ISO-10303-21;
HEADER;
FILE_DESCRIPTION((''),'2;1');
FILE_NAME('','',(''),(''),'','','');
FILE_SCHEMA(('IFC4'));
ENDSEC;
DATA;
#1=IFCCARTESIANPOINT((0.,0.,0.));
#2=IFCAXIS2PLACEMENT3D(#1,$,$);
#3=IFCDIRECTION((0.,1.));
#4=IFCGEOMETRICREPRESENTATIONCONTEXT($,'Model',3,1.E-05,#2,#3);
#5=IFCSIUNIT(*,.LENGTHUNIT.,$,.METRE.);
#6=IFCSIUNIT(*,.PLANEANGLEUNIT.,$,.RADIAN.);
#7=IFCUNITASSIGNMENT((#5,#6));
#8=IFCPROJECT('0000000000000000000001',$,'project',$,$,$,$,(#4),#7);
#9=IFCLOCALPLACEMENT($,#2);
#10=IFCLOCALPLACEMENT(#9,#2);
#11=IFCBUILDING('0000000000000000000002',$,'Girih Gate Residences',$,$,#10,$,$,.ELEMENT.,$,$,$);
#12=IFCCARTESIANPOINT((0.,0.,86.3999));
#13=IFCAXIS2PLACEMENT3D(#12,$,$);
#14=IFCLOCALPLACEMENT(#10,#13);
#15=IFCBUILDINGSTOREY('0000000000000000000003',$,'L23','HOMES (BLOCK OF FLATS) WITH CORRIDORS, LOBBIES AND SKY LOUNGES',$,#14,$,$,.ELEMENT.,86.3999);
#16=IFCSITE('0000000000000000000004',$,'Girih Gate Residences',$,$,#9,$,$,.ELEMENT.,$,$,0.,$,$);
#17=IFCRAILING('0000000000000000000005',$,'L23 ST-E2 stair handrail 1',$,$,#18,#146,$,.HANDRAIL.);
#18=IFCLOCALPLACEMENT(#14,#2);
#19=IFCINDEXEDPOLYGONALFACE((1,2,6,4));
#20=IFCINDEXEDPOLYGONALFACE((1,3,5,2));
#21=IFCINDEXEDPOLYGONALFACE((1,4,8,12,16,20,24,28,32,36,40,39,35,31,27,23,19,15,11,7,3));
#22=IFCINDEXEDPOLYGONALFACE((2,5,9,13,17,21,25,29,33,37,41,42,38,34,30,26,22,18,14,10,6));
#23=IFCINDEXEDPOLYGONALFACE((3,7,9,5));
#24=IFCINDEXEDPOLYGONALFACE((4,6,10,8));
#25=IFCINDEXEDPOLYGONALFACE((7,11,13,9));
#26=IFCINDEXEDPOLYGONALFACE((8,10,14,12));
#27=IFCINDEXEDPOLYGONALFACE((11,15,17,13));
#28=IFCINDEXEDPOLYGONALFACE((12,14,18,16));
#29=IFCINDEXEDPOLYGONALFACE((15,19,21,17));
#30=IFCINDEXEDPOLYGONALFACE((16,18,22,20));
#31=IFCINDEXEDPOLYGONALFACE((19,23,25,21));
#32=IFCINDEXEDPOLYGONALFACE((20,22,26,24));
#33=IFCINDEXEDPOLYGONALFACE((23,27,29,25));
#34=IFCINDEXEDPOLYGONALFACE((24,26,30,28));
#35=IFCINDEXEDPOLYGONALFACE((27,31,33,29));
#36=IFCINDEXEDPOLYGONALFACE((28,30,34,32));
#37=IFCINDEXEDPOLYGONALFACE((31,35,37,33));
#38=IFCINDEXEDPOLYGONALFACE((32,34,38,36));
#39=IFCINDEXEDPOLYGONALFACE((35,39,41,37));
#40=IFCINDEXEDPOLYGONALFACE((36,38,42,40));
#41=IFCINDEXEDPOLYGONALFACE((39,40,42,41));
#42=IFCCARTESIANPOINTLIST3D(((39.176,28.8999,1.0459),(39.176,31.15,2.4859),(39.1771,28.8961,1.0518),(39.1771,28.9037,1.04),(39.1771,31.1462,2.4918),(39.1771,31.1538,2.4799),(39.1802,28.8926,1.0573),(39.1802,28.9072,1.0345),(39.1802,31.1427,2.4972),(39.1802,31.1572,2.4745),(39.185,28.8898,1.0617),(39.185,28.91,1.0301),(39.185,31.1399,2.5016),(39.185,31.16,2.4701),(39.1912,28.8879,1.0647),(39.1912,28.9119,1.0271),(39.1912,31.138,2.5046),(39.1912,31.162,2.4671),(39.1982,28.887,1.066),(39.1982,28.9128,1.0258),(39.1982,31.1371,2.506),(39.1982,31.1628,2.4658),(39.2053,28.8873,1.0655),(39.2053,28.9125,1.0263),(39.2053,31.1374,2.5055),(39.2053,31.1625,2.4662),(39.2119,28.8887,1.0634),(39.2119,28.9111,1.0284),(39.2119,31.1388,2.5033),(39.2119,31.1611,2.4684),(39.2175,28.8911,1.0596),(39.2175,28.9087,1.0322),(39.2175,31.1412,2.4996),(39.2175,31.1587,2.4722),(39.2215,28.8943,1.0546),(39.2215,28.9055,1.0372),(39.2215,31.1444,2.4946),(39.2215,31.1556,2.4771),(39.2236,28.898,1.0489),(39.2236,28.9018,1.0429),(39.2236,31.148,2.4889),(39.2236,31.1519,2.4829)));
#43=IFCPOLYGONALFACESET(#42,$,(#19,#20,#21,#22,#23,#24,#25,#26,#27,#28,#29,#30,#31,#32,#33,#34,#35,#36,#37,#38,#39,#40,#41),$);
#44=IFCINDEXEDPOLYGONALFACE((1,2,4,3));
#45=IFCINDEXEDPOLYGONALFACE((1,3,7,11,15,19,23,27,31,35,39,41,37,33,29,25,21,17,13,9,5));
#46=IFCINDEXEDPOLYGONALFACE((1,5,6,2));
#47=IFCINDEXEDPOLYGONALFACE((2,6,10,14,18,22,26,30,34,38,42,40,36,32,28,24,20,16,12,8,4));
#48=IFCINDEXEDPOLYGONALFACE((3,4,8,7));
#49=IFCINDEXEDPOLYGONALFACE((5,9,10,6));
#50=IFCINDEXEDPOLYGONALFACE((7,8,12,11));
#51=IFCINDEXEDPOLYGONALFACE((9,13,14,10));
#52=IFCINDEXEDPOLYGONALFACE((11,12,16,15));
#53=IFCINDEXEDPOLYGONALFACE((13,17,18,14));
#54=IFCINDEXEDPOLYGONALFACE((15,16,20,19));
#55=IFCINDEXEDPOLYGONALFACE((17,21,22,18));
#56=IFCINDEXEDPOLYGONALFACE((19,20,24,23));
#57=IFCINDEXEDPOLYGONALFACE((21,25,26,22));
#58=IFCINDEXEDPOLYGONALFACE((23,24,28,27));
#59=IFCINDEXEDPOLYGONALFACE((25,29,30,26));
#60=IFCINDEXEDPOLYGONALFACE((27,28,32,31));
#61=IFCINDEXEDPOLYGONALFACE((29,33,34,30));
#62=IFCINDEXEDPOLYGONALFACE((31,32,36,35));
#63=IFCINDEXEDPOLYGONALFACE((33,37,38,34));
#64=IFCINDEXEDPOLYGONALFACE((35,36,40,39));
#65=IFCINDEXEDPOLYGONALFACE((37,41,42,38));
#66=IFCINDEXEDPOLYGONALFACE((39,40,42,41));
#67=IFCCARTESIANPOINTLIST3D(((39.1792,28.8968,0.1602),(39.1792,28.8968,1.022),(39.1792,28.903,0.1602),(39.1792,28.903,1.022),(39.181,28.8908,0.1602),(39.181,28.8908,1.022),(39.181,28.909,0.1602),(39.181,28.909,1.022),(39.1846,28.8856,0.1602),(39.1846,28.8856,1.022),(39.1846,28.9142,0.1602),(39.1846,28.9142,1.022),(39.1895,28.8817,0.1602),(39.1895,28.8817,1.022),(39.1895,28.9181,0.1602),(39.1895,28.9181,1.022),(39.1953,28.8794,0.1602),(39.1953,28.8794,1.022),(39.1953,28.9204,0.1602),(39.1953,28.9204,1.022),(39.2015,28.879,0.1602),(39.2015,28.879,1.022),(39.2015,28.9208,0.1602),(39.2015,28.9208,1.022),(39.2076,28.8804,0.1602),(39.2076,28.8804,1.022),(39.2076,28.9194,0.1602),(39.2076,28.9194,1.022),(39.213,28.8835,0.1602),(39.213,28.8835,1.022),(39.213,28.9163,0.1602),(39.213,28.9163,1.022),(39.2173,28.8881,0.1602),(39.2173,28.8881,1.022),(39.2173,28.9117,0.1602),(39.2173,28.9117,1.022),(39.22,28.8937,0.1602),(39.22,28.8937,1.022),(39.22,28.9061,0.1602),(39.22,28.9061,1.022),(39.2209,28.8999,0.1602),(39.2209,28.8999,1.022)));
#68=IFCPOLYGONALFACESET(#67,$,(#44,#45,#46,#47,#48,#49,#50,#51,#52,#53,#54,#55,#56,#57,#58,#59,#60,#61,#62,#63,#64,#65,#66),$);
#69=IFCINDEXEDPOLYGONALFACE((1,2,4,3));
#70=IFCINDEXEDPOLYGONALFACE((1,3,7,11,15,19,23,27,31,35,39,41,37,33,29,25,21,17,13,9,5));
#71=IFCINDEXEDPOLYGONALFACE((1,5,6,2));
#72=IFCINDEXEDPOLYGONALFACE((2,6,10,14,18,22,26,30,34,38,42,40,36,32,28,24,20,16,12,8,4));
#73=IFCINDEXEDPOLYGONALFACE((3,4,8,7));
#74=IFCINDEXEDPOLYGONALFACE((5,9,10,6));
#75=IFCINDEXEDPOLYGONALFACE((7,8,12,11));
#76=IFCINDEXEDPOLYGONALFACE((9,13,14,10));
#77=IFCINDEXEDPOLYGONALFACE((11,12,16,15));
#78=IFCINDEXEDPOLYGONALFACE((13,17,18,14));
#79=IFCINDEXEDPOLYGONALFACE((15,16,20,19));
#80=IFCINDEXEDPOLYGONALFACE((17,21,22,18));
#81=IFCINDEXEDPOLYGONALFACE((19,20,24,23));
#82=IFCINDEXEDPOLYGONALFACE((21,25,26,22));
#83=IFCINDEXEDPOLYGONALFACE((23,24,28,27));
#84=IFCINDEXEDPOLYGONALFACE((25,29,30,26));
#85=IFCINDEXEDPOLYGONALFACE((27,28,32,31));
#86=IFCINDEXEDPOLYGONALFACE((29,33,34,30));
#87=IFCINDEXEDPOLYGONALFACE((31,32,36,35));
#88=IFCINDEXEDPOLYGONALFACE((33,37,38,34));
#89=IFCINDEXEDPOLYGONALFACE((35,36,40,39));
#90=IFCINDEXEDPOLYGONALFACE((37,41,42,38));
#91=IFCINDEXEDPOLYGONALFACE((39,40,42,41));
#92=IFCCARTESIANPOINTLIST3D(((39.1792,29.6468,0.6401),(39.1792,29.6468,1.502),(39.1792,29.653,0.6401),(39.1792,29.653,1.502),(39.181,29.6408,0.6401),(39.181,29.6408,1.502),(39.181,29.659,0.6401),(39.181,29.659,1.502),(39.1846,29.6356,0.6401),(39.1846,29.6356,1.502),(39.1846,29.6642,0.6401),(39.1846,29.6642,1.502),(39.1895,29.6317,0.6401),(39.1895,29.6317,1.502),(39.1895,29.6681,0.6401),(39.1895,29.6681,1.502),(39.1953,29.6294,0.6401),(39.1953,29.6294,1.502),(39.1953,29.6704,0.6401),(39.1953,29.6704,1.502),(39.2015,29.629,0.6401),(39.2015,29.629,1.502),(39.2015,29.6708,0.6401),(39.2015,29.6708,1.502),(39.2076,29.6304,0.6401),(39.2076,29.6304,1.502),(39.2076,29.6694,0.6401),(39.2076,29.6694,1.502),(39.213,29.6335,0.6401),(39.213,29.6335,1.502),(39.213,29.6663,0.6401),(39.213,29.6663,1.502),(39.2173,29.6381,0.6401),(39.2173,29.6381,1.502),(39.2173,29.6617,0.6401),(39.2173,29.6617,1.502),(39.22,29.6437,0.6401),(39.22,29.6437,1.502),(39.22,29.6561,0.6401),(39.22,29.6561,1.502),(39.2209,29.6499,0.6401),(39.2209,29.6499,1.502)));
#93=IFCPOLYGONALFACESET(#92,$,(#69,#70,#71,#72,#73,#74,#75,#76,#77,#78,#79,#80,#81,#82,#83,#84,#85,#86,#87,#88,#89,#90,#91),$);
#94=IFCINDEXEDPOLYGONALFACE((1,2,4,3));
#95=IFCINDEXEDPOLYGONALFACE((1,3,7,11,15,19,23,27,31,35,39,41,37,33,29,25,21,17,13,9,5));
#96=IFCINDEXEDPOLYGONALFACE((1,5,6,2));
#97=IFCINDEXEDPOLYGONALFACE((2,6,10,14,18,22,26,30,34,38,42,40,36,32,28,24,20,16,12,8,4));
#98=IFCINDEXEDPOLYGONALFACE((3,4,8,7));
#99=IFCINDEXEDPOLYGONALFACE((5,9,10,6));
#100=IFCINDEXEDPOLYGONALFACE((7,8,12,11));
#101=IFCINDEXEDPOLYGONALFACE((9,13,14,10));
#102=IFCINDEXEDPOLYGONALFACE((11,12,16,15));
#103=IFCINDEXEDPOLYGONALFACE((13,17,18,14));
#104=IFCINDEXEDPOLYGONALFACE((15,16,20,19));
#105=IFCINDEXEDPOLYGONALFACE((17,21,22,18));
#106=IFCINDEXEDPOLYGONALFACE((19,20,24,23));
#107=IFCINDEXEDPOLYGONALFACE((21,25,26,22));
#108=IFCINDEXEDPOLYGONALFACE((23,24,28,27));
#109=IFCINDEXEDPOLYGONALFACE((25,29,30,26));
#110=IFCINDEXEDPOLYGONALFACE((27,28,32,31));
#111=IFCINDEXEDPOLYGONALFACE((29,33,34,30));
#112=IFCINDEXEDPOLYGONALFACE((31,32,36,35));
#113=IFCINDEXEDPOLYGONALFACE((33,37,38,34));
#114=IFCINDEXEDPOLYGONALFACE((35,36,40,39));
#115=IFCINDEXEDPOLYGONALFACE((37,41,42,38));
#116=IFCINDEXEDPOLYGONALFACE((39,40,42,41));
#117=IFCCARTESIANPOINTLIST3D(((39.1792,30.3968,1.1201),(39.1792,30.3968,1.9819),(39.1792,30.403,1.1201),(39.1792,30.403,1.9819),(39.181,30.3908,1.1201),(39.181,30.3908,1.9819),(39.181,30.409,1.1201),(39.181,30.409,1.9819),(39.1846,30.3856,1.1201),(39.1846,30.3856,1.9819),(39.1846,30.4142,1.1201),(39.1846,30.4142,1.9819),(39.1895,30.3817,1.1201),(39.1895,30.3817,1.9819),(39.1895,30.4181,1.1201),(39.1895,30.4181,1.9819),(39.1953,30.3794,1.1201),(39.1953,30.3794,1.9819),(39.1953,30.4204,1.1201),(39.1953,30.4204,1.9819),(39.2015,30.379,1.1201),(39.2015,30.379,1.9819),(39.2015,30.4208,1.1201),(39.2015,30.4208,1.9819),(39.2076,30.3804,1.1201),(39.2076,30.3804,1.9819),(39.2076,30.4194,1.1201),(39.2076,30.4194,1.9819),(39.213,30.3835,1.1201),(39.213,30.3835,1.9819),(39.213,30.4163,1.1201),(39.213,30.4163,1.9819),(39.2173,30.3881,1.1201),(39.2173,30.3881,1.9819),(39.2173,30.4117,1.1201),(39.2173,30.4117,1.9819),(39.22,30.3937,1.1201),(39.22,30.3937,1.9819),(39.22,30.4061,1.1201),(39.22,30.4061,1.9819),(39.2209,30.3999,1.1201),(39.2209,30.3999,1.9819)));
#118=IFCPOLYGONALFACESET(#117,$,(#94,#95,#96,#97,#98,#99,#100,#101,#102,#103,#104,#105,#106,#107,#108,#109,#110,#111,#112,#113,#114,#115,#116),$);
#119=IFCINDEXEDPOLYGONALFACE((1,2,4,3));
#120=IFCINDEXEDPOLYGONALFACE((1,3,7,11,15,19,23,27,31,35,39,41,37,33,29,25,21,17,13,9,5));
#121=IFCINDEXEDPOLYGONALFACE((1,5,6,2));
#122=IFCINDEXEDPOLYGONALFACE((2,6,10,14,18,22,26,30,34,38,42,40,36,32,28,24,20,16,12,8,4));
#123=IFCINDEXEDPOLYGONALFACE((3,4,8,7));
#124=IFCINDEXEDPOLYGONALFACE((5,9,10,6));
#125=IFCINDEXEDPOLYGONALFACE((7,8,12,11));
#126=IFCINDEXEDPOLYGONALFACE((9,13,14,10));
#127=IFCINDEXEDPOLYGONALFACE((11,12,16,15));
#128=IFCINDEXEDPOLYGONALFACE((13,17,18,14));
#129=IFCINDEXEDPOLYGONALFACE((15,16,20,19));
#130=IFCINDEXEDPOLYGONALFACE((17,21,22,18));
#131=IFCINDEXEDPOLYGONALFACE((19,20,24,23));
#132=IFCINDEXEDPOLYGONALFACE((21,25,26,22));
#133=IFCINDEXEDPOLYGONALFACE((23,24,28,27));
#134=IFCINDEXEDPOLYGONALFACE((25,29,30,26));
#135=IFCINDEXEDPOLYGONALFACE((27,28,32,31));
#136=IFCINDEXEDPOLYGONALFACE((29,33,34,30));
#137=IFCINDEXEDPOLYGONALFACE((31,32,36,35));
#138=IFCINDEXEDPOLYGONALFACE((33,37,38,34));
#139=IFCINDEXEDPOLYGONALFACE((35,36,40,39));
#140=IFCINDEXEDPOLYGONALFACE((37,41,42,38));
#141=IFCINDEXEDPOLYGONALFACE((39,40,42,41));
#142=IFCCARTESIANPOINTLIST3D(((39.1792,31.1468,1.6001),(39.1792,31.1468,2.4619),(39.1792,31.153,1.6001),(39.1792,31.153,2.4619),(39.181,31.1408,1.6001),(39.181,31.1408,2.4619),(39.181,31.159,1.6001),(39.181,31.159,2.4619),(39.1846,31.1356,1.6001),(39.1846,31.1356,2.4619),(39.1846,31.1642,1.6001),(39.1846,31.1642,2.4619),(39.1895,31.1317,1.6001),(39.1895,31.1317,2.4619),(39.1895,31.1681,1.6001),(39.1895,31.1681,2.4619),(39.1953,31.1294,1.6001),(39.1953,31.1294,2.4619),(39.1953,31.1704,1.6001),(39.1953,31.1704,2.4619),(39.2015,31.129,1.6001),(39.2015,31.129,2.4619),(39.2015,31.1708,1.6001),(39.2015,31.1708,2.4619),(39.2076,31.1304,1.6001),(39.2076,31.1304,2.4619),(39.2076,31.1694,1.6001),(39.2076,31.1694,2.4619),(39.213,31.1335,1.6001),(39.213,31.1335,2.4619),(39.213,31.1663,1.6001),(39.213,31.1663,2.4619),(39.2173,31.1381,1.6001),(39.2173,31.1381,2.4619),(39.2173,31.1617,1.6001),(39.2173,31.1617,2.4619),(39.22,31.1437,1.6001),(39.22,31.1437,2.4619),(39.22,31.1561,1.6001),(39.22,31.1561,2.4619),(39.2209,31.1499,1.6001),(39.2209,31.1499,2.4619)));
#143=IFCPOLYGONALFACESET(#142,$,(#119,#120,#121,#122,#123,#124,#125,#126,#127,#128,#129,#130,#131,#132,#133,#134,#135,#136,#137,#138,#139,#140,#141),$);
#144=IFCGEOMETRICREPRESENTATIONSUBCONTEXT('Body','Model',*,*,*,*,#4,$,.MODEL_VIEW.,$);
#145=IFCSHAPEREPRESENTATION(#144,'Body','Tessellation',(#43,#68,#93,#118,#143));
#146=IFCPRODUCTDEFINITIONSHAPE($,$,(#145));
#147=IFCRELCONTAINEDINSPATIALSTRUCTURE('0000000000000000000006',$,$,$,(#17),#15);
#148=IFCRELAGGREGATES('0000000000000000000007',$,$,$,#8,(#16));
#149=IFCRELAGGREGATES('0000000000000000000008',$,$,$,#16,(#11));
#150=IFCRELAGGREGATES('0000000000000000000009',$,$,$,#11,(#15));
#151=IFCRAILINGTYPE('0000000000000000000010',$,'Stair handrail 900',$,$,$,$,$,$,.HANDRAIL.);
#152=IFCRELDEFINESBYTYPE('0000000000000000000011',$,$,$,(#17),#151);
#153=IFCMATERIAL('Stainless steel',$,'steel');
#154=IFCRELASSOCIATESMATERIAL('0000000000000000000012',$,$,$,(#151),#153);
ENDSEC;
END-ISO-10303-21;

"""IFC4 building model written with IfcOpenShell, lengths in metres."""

from ifc_helpers import new_model, si_unit, direction, frame, origin, origin_2d, place, context, subcontext, project, spatial, circle, extrude, material, type_object, element, save


model = new_model("IFC4")

# Units and contexts
model_context = context("Model", 3, precision=1e-05, world=origin(), true_north=direction((0.0, 1.0)))
body_context = subcontext(model_context, "Body", "Model", "MODEL_VIEW")
ifc_project = project(units=[si_unit("LENGTHUNIT", "METRE"), si_unit("PLANEANGLEUNIT", "RADIAN")], contexts=[model_context])

# Site, building, storey
site_placement = place(None, origin())
site = spatial("IfcSite", under=ifc_project, at=site_placement, Name="Girih Gate Residences", CompositionType="ELEMENT", RefElevation=0.0)
building_placement = place(site_placement, origin())
building = spatial("IfcBuilding", under=site, at=building_placement, Name="Girih Gate Residences", CompositionType="ELEMENT")
storey_placement = place(building_placement, frame((0.0, 0.0, 86.3999)))
storey = spatial("IfcBuildingStorey", under=building, at=storey_placement, Name="L23", Description="HOMES (BLOCK OF FLATS) WITH CORRIDORS, LOBBIES AND SKY LOUNGES", CompositionType="ELEMENT", Elevation=86.3999)

# Railing
ifc_material_1 = material(Name="Stainless steel", Category="steel")
railing_type_1 = type_object("IfcRailingType", Name="Stair handrail 900", PredefinedType="HANDRAIL", material=ifc_material_1)
railing_1_placement = place(storey_placement, frame((39.2, 28.8999, 0.1602)))
element("IfcRailing", 1, at=railing_1_placement, inside=storey, type_object=railing_type_1, Name="L23 ST-E2 stair handrail 1", PredefinedType="HANDRAIL", context=body_context, shape_type="SweptSolid", body=[
    extrude(circle(Radius=0.0239, at=origin_2d()), frame((0.0, 0.0, 0.8857), z_axis=(0.0, 0.842281, 0.539038), x_axis=(-1.0, 0.0, 0.0)), (0.0, 0.0, 1.0), 2.6714),
    extrude(circle(Radius=0.021, at=origin_2d()), origin(), (0.0, 0.0, 1.0), 0.8618),
    extrude(circle(Radius=0.021, at=origin_2d()), frame((0.0, 0.75, 0.48)), (0.0, 0.0, 1.0), 0.8618),
    extrude(circle(Radius=0.021, at=origin_2d()), frame((0.0, 1.5, 0.96)), (0.0, 0.0, 1.0), 0.8618),
    extrude(circle(Radius=0.021, at=origin_2d()), frame((0.0, 2.25, 1.4399)), (0.0, 0.0, 1.0), 0.8618),
])

save(model, "model.ifc")
